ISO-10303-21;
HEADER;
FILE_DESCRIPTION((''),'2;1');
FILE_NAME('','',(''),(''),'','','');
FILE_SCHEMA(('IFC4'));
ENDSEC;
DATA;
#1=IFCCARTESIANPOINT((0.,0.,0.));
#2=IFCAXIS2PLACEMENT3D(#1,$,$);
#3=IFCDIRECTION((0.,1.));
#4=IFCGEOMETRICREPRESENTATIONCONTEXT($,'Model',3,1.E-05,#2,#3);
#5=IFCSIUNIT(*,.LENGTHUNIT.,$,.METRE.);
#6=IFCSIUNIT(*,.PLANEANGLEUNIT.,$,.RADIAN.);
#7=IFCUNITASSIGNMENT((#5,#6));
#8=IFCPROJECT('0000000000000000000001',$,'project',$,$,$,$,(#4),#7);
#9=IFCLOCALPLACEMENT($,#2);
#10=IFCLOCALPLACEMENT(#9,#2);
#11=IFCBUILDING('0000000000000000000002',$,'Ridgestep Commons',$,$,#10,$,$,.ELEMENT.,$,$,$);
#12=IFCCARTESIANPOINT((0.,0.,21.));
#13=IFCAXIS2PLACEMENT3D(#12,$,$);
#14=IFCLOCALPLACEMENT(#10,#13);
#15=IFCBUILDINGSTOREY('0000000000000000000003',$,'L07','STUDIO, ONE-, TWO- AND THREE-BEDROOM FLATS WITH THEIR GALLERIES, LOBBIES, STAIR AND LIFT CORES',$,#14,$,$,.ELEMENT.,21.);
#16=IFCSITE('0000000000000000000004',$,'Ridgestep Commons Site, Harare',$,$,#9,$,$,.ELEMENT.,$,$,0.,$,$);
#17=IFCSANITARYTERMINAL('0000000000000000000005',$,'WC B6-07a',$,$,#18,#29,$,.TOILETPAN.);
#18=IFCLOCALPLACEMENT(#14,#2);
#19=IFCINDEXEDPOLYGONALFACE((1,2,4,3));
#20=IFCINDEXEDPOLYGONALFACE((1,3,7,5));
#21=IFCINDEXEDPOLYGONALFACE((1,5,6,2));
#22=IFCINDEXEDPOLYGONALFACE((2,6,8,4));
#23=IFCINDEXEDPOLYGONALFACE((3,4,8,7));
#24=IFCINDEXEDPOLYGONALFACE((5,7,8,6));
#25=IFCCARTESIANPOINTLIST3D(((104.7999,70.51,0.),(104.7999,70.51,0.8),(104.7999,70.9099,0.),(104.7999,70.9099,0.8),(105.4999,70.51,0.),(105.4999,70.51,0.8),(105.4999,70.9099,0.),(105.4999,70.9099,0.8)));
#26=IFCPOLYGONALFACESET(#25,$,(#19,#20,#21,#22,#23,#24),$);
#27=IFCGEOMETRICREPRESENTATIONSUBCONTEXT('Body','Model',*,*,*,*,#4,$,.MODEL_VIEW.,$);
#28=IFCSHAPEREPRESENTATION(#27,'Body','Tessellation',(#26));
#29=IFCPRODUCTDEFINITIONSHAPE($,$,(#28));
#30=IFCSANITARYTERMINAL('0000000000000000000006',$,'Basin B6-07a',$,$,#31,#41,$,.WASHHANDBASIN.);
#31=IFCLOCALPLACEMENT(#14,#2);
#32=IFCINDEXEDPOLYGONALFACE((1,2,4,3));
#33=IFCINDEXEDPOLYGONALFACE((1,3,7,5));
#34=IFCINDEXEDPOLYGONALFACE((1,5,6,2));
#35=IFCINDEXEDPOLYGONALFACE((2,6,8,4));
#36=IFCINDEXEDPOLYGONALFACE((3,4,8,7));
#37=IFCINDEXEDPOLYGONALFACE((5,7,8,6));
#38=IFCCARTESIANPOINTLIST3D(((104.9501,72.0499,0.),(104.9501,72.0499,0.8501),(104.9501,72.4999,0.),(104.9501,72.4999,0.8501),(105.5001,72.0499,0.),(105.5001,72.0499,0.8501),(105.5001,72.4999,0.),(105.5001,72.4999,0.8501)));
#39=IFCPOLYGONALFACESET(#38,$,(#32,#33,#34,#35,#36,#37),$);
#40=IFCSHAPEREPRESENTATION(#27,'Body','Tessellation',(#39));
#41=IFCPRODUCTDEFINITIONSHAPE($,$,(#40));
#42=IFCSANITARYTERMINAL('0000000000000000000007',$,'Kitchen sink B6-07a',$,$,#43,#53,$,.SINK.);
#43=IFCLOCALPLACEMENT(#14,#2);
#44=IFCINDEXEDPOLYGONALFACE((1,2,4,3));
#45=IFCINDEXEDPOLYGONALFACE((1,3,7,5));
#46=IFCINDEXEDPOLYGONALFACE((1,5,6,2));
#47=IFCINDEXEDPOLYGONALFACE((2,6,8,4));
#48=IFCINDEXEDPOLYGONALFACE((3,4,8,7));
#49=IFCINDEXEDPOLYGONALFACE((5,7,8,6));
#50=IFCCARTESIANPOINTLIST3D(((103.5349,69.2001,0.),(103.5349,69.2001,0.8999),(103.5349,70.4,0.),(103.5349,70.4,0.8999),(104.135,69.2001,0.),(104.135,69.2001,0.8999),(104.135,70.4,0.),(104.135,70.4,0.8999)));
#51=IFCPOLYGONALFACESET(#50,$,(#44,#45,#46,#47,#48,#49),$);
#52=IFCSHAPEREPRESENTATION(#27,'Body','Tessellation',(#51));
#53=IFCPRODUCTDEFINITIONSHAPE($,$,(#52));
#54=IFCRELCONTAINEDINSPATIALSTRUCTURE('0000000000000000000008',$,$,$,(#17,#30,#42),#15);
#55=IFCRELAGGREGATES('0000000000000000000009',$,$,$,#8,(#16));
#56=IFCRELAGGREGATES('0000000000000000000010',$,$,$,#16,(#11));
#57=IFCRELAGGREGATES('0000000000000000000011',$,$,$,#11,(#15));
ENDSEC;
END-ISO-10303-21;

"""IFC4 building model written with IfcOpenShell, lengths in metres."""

from ifc_helpers import new_model, si_unit, direction, frame, origin, origin_2d, place, context, subcontext, project, spatial, rectangle, extrude, element, save


model = new_model("IFC4")

# Units and contexts
model_context = context("Model", 3, precision=1e-05, world=origin(), true_north=direction((0.0, 1.0)))
body_context = subcontext(model_context, "Body", "Model", "MODEL_VIEW")
ifc_project = project(units=[si_unit("LENGTHUNIT", "METRE"), si_unit("PLANEANGLEUNIT", "RADIAN")], contexts=[model_context])

# Site, building, storey
site_placement = place(None, origin())
site = spatial("IfcSite", under=ifc_project, at=site_placement, Name="Ridgestep Commons Site, Harare", CompositionType="ELEMENT", RefElevation=0.0)
building_placement = place(site_placement, origin())
building = spatial("IfcBuilding", under=site, at=building_placement, Name="Ridgestep Commons", CompositionType="ELEMENT")
storey_placement = place(building_placement, frame((0.0, 0.0, 21.0)))
storey = spatial("IfcBuildingStorey", under=building, at=storey_placement, Name="L07", Description="STUDIO, ONE-, TWO- AND THREE-BEDROOM FLATS WITH THEIR GALLERIES, LOBBIES, STAIR AND LIFT CORES", CompositionType="ELEMENT", Elevation=21.0)

# Sanitary terminals
sanitary_terminal_1_placement = place(storey_placement, frame((105.1499, 70.71, 0.0), z_axis=(0.0, 0.0, 1.0), x_axis=(1.0, 0.0, 0.0)))
element("IfcSanitaryTerminal", 1, at=sanitary_terminal_1_placement, inside=storey, Name="WC B6-07a", PredefinedType="TOILETPAN", context=body_context, shape_type="SweptSolid", body=[
    extrude(rectangle(XDim=0.7, YDim=0.3999, at=origin_2d()), origin(), (0.0, 0.0, 1.0), 0.8),
])
sanitary_terminal_2_placement = place(storey_placement, frame((105.2251, 72.2749, 0.0), z_axis=(0.0, 0.0, 1.0), x_axis=(1.0, 0.0, 0.0)))
element("IfcSanitaryTerminal", 2, at=sanitary_terminal_2_placement, inside=storey, Name="Basin B6-07a", PredefinedType="WASHHANDBASIN", context=body_context, shape_type="SweptSolid", body=[
    extrude(rectangle(XDim=0.55, YDim=0.45, at=origin_2d()), origin(), (0.0, 0.0, 1.0), 0.8501),
])
sanitary_terminal_3_placement = place(storey_placement, frame((103.835, 69.8, 0.0), z_axis=(0.0, 0.0, 1.0), x_axis=(1.0, 0.0, 0.0)))
element("IfcSanitaryTerminal", 3, at=sanitary_terminal_3_placement, inside=storey, Name="Kitchen sink B6-07a", PredefinedType="SINK", context=body_context, shape_type="SweptSolid", body=[
    extrude(rectangle(XDim=0.6001, YDim=1.2, at=origin_2d()), origin(), (0.0, 0.0, 1.0), 0.8999),
])

save(model, "model.ifc")
